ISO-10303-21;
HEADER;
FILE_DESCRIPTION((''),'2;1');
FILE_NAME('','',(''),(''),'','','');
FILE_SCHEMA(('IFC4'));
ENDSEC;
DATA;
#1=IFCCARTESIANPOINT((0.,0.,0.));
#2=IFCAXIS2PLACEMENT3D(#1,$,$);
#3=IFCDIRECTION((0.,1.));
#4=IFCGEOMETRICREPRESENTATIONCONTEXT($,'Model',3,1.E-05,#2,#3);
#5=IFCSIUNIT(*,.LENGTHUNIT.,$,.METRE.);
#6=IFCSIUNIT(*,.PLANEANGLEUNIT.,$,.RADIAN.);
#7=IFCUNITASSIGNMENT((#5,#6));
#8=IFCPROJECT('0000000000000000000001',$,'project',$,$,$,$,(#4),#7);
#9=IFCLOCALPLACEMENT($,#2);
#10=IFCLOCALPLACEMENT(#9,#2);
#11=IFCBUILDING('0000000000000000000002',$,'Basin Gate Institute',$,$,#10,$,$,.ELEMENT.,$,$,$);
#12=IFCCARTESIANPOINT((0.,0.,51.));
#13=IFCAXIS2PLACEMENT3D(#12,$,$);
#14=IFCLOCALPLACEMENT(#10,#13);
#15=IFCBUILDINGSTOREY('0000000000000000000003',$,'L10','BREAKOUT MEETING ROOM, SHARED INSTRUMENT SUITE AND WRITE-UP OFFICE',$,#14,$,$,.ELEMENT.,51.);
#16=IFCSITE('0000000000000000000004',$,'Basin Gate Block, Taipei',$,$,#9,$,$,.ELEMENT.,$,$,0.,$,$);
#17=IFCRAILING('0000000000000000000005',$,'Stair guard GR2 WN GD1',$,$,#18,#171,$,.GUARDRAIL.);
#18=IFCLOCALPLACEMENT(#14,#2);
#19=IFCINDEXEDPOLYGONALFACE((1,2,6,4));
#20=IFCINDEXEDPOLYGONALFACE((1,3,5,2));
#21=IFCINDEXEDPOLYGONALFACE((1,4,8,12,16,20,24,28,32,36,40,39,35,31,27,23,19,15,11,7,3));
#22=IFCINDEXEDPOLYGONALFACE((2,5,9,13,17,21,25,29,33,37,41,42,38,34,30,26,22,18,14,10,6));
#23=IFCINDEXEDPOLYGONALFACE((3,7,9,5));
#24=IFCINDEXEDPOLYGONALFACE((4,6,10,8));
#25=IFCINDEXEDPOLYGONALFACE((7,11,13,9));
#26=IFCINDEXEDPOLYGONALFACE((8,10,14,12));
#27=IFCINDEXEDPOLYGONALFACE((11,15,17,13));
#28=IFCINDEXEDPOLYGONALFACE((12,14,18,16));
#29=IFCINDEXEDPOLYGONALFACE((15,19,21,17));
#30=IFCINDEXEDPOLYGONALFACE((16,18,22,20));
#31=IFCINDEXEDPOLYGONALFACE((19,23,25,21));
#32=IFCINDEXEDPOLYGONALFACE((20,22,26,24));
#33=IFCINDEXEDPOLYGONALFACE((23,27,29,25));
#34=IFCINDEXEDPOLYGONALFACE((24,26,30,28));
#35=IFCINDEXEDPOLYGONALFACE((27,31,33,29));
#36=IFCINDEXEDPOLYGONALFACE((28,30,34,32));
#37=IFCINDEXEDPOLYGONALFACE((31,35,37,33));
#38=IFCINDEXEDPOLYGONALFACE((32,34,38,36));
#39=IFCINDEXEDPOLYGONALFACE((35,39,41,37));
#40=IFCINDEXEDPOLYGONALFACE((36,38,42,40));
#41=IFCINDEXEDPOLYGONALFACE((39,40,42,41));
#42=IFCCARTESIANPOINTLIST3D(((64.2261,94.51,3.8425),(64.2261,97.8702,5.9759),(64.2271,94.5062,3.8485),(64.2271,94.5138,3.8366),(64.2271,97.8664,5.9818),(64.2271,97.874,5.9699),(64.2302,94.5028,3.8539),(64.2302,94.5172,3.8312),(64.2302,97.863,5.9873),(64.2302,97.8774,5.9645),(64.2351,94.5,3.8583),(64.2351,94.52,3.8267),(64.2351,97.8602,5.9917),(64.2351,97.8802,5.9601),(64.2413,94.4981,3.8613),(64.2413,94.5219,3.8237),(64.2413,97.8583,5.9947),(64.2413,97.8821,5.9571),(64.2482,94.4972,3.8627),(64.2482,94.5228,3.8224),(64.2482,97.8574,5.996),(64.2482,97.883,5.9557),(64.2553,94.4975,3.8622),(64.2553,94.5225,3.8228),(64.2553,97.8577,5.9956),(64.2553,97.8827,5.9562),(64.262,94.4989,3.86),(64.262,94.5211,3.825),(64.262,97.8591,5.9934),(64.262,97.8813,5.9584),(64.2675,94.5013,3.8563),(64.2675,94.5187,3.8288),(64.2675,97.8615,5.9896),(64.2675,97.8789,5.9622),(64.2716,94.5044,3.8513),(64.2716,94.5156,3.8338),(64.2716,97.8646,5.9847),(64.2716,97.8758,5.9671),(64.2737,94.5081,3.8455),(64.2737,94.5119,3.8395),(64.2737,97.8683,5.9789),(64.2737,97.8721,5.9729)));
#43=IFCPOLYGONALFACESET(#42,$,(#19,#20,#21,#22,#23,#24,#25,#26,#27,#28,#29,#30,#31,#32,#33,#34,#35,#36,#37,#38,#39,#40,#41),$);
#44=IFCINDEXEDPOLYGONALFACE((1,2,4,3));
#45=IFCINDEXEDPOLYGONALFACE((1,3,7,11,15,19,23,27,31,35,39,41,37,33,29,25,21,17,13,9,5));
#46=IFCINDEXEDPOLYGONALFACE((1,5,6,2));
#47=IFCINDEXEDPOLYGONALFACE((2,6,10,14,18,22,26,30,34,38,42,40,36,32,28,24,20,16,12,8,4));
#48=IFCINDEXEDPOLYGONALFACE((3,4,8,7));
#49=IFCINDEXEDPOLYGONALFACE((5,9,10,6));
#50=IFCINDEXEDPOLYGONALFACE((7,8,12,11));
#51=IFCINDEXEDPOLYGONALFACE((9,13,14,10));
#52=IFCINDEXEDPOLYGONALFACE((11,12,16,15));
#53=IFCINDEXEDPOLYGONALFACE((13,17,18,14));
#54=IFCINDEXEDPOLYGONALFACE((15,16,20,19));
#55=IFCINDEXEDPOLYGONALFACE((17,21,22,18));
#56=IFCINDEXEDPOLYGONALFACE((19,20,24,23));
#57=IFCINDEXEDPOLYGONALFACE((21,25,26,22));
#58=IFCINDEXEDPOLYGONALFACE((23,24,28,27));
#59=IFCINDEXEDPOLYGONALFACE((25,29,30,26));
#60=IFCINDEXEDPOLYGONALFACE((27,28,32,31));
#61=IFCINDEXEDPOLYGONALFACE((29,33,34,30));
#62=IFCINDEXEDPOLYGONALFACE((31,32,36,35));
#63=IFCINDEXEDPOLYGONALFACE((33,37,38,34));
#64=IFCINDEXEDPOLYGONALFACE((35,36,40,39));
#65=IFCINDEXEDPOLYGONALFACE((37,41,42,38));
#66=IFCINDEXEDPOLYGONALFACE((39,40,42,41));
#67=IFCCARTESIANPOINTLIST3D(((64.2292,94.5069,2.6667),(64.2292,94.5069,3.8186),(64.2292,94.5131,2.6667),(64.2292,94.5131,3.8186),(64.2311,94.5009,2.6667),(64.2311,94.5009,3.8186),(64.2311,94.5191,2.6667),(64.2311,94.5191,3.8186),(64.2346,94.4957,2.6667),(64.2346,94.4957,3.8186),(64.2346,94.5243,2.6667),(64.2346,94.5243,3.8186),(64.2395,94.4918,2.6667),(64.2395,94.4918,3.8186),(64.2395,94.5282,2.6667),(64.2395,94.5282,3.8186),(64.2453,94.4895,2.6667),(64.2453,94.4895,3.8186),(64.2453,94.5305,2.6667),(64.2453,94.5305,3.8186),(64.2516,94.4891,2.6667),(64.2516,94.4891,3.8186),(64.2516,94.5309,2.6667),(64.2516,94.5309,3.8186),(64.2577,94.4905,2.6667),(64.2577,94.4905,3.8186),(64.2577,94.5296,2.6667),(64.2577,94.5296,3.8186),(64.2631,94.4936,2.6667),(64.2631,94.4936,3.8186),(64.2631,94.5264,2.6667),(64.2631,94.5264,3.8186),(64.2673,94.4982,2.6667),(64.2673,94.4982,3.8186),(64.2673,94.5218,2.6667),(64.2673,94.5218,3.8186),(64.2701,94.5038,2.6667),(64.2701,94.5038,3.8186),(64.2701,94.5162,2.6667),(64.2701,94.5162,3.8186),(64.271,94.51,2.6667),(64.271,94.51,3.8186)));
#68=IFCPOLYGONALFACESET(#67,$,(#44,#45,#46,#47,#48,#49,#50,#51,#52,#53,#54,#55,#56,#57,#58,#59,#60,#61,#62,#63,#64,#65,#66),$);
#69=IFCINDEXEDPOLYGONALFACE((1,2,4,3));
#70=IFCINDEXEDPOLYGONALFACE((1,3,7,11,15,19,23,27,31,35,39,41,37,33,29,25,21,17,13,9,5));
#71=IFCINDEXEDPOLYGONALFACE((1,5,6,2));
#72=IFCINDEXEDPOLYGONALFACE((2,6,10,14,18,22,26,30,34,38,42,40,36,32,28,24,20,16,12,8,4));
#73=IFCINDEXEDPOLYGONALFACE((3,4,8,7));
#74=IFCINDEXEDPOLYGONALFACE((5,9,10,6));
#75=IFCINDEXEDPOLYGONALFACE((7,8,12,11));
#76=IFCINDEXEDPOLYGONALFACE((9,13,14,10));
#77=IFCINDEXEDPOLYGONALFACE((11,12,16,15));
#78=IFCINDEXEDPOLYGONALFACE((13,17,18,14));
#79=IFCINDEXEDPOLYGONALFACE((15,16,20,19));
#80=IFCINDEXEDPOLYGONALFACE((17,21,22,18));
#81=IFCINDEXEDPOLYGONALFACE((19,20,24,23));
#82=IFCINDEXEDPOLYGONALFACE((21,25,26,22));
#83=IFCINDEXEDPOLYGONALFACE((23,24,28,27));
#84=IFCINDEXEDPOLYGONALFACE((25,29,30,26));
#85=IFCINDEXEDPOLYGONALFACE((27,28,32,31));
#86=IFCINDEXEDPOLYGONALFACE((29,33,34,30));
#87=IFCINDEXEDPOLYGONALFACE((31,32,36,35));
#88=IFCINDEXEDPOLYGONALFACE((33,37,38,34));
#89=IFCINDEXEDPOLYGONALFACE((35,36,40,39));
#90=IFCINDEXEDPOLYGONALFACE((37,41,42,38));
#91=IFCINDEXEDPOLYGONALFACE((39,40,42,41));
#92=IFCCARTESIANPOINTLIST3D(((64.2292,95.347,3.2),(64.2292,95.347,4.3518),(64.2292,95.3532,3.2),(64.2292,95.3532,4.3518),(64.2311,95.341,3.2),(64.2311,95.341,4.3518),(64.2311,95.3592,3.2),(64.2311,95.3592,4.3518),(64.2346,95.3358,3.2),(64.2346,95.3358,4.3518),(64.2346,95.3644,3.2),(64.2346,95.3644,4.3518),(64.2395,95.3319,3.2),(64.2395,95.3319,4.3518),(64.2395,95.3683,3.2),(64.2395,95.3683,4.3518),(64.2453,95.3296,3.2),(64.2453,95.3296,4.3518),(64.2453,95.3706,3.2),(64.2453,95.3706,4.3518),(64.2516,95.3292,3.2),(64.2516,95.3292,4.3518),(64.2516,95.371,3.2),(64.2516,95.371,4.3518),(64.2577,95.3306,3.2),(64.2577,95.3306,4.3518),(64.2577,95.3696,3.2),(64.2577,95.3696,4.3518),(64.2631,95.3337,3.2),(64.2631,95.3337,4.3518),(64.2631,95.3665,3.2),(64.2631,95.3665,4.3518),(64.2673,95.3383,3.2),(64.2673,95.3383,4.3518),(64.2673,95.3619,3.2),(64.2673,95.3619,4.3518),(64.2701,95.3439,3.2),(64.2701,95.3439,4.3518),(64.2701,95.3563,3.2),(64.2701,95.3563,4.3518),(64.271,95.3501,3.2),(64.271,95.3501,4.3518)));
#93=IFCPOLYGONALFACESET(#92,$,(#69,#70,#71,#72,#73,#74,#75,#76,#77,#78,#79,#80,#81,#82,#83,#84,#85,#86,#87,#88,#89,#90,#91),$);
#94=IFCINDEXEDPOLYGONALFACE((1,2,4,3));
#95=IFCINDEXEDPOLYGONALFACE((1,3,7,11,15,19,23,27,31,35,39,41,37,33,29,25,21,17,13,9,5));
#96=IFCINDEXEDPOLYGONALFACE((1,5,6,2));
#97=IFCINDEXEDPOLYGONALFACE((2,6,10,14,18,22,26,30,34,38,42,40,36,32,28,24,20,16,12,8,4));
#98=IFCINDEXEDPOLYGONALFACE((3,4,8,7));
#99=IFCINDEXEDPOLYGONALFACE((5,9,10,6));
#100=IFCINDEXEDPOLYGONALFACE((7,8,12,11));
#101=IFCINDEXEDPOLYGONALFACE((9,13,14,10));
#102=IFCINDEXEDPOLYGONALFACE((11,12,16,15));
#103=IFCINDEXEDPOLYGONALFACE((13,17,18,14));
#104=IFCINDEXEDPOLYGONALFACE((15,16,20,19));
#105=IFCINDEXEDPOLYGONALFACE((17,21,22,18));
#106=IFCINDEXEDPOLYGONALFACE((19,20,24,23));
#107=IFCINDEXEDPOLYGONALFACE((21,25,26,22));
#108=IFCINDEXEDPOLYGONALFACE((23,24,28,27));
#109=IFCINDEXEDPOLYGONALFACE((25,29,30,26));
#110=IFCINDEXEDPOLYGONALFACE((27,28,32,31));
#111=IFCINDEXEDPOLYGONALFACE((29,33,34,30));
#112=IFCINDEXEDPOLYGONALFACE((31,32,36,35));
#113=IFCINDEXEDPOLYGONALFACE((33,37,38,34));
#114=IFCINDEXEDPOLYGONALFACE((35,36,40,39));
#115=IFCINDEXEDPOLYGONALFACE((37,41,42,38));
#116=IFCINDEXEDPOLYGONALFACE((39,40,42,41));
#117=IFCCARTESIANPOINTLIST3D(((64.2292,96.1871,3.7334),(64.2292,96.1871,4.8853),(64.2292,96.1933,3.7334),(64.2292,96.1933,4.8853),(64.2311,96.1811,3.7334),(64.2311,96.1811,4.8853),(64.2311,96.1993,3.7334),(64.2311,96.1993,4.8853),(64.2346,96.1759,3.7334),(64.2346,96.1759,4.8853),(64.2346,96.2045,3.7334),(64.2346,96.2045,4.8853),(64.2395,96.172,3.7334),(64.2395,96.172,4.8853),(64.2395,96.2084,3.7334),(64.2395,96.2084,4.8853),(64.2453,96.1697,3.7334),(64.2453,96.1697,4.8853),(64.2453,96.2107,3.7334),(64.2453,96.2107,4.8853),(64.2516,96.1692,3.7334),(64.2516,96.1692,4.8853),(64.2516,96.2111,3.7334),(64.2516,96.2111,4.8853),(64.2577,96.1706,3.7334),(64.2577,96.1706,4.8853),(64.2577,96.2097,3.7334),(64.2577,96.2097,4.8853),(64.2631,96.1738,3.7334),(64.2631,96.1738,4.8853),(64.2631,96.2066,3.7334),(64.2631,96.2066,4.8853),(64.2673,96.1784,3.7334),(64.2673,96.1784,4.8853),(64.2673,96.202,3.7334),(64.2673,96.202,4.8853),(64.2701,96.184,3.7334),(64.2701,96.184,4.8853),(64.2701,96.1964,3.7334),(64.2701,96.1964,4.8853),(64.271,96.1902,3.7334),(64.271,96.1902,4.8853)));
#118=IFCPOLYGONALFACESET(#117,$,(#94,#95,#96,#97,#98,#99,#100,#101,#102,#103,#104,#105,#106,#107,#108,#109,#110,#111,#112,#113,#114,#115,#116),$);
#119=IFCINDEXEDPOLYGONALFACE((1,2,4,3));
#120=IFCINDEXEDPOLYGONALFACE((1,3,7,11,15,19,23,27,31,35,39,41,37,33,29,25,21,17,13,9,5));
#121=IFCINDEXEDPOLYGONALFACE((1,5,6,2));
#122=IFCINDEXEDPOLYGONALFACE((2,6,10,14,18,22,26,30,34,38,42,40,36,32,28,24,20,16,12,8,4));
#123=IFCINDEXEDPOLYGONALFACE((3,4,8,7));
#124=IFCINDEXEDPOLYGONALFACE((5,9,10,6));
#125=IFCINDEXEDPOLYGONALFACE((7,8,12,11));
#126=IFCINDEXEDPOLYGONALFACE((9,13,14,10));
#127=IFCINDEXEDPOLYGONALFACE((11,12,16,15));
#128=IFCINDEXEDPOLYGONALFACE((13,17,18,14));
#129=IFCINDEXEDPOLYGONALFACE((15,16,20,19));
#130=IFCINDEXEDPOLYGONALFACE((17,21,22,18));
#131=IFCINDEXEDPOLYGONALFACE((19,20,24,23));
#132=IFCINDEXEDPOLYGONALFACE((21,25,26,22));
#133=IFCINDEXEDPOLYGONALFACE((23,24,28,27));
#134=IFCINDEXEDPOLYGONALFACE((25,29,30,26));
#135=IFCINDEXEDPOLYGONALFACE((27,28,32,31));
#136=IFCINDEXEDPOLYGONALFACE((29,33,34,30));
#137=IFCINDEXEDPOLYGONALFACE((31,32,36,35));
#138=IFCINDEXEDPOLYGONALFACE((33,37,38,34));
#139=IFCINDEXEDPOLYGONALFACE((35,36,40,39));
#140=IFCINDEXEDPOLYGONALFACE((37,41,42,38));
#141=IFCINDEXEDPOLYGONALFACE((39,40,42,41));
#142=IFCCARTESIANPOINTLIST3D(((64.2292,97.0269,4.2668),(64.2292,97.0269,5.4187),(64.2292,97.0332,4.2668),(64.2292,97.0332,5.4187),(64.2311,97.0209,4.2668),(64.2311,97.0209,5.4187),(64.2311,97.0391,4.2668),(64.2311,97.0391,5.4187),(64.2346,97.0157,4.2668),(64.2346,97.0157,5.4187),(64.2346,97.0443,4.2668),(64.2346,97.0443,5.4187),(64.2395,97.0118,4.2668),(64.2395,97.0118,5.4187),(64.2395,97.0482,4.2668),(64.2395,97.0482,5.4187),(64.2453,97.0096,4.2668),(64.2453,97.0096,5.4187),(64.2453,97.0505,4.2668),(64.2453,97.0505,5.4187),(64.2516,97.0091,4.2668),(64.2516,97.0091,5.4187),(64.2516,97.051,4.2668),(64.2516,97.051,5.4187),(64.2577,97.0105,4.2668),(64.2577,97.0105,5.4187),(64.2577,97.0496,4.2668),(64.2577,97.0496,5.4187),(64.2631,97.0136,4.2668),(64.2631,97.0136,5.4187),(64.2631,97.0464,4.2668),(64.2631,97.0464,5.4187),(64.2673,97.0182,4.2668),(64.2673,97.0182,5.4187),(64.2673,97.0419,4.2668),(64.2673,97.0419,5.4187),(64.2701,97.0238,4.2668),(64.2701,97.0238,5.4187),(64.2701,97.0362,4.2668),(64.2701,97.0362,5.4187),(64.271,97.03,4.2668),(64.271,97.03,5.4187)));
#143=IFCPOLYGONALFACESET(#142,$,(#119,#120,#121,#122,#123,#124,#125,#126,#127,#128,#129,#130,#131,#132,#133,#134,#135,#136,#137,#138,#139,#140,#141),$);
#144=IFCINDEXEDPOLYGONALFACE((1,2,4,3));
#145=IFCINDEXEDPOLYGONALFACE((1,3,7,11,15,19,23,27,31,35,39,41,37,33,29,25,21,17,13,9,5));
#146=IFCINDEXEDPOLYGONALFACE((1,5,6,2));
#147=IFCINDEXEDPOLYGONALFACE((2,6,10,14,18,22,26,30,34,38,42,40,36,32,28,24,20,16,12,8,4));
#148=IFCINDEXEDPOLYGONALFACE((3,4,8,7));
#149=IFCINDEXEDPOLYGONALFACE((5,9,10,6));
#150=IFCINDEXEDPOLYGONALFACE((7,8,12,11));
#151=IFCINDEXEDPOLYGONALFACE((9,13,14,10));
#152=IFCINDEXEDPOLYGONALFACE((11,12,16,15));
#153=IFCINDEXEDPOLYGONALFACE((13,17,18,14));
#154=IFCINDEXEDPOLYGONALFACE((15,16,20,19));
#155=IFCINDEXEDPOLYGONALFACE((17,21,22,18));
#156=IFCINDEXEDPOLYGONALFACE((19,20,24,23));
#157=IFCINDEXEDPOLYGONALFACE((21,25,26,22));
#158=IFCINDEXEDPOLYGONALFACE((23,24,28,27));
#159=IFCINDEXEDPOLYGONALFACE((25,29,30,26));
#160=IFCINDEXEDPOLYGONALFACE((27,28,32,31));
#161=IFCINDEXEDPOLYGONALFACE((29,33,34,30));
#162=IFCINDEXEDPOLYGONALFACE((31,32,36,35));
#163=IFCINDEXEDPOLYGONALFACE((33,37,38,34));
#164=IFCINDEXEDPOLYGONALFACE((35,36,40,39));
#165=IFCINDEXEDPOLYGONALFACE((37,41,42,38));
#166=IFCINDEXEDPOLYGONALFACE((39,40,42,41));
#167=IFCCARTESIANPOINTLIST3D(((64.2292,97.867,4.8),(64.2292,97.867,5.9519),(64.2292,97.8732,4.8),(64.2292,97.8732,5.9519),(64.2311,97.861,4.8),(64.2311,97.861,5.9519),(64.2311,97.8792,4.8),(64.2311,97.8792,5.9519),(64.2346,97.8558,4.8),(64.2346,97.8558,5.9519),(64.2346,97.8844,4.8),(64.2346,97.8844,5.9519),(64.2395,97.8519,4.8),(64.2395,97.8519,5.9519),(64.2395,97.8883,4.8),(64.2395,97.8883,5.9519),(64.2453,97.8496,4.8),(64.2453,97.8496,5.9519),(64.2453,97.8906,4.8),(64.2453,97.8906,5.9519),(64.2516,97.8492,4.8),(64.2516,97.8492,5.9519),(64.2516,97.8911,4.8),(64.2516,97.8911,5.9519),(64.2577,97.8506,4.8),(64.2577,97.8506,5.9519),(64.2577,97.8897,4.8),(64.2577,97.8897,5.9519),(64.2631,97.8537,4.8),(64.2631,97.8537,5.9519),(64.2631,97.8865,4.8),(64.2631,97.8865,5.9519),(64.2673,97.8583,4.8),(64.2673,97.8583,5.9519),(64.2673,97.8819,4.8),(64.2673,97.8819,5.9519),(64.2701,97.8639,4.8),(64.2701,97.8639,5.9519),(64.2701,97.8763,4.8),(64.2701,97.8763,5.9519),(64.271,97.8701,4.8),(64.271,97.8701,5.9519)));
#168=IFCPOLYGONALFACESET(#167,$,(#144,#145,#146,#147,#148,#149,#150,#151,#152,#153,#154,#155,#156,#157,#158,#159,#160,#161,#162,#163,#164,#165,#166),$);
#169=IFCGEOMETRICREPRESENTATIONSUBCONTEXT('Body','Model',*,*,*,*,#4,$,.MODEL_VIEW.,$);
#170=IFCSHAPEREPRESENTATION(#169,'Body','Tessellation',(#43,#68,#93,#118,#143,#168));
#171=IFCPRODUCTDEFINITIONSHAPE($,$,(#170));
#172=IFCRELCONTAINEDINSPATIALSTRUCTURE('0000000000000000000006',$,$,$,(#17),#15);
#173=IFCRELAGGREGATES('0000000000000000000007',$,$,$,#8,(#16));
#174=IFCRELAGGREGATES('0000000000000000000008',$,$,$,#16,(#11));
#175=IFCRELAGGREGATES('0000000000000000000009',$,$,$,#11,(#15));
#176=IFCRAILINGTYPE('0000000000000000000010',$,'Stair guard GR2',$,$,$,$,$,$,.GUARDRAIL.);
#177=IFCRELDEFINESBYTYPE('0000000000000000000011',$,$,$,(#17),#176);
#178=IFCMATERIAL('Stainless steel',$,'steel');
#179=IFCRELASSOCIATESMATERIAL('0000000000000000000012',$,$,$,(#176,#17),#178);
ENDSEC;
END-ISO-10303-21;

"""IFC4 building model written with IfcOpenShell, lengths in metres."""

from ifc_helpers import new_model, si_unit, direction, frame, origin, origin_2d, place, context, subcontext, project, spatial, circle, extrude, material, type_object, element, save


model = new_model("IFC4")

# Units and contexts
model_context = context("Model", 3, precision=1e-05, world=origin(), true_north=direction((0.0, 1.0)))
body_context = subcontext(model_context, "Body", "Model", "MODEL_VIEW")
ifc_project = project(units=[si_unit("LENGTHUNIT", "METRE"), si_unit("PLANEANGLEUNIT", "RADIAN")], contexts=[model_context])

# Site, building, storey
site_placement = place(None, origin())
site = spatial("IfcSite", under=ifc_project, at=site_placement, Name="Basin Gate Block, Taipei", CompositionType="ELEMENT", RefElevation=0.0)
building_placement = place(site_placement, origin())
building = spatial("IfcBuilding", under=site, at=building_placement, Name="Basin Gate Institute", CompositionType="ELEMENT")
storey_placement = place(building_placement, frame((0.0, 0.0, 51.0)))
storey = spatial("IfcBuildingStorey", under=building, at=storey_placement, Name="L10", Description="BREAKOUT MEETING ROOM, SHARED INSTRUMENT SUITE AND WRITE-UP OFFICE", CompositionType="ELEMENT", Elevation=51.0)

# Railing
ifc_material_1 = material(Name="Stainless steel", Category="steel")
railing_type_1 = type_object("IfcRailingType", Name="Stair guard GR2", PredefinedType="GUARDRAIL", material=ifc_material_1)
railing_1_placement = place(storey_placement, frame((64.25, 94.51, 2.6667)))
element("IfcRailing", 1, at=railing_1_placement, inside=storey, type_object=railing_type_1, material=ifc_material_1, Name="Stair guard GR2 WN GD1", PredefinedType="GUARDRAIL", context=body_context, shape_type="SweptSolid", body=[
    extrude(circle(Radius=0.0239, at=origin_2d()), frame((0.0, 0.0, 1.1758), z_axis=(0.0, 0.844224, 0.53599), x_axis=(-1.0, 0.0, 0.0)), (0.0, 0.0, 1.0), 3.9802),
    extrude(circle(Radius=0.021, at=origin_2d()), origin(), (0.0, 0.0, 1.0), 1.1519),
    extrude(circle(Radius=0.021, at=origin_2d()), frame((0.0, 0.8401, 0.5332)), (0.0, 0.0, 1.0), 1.1519),
    extrude(circle(Radius=0.021, at=origin_2d()), frame((0.0, 1.6802, 1.0667)), (0.0, 0.0, 1.0), 1.1519),
    extrude(circle(Radius=0.021, at=origin_2d()), frame((0.0, 2.52, 1.6001)), (0.0, 0.0, 1.0), 1.1519),
    extrude(circle(Radius=0.021, at=origin_2d()), frame((0.0, 3.3601, 2.1333)), (0.0, 0.0, 1.0), 1.1519),
])

save(model, "model.ifc")
